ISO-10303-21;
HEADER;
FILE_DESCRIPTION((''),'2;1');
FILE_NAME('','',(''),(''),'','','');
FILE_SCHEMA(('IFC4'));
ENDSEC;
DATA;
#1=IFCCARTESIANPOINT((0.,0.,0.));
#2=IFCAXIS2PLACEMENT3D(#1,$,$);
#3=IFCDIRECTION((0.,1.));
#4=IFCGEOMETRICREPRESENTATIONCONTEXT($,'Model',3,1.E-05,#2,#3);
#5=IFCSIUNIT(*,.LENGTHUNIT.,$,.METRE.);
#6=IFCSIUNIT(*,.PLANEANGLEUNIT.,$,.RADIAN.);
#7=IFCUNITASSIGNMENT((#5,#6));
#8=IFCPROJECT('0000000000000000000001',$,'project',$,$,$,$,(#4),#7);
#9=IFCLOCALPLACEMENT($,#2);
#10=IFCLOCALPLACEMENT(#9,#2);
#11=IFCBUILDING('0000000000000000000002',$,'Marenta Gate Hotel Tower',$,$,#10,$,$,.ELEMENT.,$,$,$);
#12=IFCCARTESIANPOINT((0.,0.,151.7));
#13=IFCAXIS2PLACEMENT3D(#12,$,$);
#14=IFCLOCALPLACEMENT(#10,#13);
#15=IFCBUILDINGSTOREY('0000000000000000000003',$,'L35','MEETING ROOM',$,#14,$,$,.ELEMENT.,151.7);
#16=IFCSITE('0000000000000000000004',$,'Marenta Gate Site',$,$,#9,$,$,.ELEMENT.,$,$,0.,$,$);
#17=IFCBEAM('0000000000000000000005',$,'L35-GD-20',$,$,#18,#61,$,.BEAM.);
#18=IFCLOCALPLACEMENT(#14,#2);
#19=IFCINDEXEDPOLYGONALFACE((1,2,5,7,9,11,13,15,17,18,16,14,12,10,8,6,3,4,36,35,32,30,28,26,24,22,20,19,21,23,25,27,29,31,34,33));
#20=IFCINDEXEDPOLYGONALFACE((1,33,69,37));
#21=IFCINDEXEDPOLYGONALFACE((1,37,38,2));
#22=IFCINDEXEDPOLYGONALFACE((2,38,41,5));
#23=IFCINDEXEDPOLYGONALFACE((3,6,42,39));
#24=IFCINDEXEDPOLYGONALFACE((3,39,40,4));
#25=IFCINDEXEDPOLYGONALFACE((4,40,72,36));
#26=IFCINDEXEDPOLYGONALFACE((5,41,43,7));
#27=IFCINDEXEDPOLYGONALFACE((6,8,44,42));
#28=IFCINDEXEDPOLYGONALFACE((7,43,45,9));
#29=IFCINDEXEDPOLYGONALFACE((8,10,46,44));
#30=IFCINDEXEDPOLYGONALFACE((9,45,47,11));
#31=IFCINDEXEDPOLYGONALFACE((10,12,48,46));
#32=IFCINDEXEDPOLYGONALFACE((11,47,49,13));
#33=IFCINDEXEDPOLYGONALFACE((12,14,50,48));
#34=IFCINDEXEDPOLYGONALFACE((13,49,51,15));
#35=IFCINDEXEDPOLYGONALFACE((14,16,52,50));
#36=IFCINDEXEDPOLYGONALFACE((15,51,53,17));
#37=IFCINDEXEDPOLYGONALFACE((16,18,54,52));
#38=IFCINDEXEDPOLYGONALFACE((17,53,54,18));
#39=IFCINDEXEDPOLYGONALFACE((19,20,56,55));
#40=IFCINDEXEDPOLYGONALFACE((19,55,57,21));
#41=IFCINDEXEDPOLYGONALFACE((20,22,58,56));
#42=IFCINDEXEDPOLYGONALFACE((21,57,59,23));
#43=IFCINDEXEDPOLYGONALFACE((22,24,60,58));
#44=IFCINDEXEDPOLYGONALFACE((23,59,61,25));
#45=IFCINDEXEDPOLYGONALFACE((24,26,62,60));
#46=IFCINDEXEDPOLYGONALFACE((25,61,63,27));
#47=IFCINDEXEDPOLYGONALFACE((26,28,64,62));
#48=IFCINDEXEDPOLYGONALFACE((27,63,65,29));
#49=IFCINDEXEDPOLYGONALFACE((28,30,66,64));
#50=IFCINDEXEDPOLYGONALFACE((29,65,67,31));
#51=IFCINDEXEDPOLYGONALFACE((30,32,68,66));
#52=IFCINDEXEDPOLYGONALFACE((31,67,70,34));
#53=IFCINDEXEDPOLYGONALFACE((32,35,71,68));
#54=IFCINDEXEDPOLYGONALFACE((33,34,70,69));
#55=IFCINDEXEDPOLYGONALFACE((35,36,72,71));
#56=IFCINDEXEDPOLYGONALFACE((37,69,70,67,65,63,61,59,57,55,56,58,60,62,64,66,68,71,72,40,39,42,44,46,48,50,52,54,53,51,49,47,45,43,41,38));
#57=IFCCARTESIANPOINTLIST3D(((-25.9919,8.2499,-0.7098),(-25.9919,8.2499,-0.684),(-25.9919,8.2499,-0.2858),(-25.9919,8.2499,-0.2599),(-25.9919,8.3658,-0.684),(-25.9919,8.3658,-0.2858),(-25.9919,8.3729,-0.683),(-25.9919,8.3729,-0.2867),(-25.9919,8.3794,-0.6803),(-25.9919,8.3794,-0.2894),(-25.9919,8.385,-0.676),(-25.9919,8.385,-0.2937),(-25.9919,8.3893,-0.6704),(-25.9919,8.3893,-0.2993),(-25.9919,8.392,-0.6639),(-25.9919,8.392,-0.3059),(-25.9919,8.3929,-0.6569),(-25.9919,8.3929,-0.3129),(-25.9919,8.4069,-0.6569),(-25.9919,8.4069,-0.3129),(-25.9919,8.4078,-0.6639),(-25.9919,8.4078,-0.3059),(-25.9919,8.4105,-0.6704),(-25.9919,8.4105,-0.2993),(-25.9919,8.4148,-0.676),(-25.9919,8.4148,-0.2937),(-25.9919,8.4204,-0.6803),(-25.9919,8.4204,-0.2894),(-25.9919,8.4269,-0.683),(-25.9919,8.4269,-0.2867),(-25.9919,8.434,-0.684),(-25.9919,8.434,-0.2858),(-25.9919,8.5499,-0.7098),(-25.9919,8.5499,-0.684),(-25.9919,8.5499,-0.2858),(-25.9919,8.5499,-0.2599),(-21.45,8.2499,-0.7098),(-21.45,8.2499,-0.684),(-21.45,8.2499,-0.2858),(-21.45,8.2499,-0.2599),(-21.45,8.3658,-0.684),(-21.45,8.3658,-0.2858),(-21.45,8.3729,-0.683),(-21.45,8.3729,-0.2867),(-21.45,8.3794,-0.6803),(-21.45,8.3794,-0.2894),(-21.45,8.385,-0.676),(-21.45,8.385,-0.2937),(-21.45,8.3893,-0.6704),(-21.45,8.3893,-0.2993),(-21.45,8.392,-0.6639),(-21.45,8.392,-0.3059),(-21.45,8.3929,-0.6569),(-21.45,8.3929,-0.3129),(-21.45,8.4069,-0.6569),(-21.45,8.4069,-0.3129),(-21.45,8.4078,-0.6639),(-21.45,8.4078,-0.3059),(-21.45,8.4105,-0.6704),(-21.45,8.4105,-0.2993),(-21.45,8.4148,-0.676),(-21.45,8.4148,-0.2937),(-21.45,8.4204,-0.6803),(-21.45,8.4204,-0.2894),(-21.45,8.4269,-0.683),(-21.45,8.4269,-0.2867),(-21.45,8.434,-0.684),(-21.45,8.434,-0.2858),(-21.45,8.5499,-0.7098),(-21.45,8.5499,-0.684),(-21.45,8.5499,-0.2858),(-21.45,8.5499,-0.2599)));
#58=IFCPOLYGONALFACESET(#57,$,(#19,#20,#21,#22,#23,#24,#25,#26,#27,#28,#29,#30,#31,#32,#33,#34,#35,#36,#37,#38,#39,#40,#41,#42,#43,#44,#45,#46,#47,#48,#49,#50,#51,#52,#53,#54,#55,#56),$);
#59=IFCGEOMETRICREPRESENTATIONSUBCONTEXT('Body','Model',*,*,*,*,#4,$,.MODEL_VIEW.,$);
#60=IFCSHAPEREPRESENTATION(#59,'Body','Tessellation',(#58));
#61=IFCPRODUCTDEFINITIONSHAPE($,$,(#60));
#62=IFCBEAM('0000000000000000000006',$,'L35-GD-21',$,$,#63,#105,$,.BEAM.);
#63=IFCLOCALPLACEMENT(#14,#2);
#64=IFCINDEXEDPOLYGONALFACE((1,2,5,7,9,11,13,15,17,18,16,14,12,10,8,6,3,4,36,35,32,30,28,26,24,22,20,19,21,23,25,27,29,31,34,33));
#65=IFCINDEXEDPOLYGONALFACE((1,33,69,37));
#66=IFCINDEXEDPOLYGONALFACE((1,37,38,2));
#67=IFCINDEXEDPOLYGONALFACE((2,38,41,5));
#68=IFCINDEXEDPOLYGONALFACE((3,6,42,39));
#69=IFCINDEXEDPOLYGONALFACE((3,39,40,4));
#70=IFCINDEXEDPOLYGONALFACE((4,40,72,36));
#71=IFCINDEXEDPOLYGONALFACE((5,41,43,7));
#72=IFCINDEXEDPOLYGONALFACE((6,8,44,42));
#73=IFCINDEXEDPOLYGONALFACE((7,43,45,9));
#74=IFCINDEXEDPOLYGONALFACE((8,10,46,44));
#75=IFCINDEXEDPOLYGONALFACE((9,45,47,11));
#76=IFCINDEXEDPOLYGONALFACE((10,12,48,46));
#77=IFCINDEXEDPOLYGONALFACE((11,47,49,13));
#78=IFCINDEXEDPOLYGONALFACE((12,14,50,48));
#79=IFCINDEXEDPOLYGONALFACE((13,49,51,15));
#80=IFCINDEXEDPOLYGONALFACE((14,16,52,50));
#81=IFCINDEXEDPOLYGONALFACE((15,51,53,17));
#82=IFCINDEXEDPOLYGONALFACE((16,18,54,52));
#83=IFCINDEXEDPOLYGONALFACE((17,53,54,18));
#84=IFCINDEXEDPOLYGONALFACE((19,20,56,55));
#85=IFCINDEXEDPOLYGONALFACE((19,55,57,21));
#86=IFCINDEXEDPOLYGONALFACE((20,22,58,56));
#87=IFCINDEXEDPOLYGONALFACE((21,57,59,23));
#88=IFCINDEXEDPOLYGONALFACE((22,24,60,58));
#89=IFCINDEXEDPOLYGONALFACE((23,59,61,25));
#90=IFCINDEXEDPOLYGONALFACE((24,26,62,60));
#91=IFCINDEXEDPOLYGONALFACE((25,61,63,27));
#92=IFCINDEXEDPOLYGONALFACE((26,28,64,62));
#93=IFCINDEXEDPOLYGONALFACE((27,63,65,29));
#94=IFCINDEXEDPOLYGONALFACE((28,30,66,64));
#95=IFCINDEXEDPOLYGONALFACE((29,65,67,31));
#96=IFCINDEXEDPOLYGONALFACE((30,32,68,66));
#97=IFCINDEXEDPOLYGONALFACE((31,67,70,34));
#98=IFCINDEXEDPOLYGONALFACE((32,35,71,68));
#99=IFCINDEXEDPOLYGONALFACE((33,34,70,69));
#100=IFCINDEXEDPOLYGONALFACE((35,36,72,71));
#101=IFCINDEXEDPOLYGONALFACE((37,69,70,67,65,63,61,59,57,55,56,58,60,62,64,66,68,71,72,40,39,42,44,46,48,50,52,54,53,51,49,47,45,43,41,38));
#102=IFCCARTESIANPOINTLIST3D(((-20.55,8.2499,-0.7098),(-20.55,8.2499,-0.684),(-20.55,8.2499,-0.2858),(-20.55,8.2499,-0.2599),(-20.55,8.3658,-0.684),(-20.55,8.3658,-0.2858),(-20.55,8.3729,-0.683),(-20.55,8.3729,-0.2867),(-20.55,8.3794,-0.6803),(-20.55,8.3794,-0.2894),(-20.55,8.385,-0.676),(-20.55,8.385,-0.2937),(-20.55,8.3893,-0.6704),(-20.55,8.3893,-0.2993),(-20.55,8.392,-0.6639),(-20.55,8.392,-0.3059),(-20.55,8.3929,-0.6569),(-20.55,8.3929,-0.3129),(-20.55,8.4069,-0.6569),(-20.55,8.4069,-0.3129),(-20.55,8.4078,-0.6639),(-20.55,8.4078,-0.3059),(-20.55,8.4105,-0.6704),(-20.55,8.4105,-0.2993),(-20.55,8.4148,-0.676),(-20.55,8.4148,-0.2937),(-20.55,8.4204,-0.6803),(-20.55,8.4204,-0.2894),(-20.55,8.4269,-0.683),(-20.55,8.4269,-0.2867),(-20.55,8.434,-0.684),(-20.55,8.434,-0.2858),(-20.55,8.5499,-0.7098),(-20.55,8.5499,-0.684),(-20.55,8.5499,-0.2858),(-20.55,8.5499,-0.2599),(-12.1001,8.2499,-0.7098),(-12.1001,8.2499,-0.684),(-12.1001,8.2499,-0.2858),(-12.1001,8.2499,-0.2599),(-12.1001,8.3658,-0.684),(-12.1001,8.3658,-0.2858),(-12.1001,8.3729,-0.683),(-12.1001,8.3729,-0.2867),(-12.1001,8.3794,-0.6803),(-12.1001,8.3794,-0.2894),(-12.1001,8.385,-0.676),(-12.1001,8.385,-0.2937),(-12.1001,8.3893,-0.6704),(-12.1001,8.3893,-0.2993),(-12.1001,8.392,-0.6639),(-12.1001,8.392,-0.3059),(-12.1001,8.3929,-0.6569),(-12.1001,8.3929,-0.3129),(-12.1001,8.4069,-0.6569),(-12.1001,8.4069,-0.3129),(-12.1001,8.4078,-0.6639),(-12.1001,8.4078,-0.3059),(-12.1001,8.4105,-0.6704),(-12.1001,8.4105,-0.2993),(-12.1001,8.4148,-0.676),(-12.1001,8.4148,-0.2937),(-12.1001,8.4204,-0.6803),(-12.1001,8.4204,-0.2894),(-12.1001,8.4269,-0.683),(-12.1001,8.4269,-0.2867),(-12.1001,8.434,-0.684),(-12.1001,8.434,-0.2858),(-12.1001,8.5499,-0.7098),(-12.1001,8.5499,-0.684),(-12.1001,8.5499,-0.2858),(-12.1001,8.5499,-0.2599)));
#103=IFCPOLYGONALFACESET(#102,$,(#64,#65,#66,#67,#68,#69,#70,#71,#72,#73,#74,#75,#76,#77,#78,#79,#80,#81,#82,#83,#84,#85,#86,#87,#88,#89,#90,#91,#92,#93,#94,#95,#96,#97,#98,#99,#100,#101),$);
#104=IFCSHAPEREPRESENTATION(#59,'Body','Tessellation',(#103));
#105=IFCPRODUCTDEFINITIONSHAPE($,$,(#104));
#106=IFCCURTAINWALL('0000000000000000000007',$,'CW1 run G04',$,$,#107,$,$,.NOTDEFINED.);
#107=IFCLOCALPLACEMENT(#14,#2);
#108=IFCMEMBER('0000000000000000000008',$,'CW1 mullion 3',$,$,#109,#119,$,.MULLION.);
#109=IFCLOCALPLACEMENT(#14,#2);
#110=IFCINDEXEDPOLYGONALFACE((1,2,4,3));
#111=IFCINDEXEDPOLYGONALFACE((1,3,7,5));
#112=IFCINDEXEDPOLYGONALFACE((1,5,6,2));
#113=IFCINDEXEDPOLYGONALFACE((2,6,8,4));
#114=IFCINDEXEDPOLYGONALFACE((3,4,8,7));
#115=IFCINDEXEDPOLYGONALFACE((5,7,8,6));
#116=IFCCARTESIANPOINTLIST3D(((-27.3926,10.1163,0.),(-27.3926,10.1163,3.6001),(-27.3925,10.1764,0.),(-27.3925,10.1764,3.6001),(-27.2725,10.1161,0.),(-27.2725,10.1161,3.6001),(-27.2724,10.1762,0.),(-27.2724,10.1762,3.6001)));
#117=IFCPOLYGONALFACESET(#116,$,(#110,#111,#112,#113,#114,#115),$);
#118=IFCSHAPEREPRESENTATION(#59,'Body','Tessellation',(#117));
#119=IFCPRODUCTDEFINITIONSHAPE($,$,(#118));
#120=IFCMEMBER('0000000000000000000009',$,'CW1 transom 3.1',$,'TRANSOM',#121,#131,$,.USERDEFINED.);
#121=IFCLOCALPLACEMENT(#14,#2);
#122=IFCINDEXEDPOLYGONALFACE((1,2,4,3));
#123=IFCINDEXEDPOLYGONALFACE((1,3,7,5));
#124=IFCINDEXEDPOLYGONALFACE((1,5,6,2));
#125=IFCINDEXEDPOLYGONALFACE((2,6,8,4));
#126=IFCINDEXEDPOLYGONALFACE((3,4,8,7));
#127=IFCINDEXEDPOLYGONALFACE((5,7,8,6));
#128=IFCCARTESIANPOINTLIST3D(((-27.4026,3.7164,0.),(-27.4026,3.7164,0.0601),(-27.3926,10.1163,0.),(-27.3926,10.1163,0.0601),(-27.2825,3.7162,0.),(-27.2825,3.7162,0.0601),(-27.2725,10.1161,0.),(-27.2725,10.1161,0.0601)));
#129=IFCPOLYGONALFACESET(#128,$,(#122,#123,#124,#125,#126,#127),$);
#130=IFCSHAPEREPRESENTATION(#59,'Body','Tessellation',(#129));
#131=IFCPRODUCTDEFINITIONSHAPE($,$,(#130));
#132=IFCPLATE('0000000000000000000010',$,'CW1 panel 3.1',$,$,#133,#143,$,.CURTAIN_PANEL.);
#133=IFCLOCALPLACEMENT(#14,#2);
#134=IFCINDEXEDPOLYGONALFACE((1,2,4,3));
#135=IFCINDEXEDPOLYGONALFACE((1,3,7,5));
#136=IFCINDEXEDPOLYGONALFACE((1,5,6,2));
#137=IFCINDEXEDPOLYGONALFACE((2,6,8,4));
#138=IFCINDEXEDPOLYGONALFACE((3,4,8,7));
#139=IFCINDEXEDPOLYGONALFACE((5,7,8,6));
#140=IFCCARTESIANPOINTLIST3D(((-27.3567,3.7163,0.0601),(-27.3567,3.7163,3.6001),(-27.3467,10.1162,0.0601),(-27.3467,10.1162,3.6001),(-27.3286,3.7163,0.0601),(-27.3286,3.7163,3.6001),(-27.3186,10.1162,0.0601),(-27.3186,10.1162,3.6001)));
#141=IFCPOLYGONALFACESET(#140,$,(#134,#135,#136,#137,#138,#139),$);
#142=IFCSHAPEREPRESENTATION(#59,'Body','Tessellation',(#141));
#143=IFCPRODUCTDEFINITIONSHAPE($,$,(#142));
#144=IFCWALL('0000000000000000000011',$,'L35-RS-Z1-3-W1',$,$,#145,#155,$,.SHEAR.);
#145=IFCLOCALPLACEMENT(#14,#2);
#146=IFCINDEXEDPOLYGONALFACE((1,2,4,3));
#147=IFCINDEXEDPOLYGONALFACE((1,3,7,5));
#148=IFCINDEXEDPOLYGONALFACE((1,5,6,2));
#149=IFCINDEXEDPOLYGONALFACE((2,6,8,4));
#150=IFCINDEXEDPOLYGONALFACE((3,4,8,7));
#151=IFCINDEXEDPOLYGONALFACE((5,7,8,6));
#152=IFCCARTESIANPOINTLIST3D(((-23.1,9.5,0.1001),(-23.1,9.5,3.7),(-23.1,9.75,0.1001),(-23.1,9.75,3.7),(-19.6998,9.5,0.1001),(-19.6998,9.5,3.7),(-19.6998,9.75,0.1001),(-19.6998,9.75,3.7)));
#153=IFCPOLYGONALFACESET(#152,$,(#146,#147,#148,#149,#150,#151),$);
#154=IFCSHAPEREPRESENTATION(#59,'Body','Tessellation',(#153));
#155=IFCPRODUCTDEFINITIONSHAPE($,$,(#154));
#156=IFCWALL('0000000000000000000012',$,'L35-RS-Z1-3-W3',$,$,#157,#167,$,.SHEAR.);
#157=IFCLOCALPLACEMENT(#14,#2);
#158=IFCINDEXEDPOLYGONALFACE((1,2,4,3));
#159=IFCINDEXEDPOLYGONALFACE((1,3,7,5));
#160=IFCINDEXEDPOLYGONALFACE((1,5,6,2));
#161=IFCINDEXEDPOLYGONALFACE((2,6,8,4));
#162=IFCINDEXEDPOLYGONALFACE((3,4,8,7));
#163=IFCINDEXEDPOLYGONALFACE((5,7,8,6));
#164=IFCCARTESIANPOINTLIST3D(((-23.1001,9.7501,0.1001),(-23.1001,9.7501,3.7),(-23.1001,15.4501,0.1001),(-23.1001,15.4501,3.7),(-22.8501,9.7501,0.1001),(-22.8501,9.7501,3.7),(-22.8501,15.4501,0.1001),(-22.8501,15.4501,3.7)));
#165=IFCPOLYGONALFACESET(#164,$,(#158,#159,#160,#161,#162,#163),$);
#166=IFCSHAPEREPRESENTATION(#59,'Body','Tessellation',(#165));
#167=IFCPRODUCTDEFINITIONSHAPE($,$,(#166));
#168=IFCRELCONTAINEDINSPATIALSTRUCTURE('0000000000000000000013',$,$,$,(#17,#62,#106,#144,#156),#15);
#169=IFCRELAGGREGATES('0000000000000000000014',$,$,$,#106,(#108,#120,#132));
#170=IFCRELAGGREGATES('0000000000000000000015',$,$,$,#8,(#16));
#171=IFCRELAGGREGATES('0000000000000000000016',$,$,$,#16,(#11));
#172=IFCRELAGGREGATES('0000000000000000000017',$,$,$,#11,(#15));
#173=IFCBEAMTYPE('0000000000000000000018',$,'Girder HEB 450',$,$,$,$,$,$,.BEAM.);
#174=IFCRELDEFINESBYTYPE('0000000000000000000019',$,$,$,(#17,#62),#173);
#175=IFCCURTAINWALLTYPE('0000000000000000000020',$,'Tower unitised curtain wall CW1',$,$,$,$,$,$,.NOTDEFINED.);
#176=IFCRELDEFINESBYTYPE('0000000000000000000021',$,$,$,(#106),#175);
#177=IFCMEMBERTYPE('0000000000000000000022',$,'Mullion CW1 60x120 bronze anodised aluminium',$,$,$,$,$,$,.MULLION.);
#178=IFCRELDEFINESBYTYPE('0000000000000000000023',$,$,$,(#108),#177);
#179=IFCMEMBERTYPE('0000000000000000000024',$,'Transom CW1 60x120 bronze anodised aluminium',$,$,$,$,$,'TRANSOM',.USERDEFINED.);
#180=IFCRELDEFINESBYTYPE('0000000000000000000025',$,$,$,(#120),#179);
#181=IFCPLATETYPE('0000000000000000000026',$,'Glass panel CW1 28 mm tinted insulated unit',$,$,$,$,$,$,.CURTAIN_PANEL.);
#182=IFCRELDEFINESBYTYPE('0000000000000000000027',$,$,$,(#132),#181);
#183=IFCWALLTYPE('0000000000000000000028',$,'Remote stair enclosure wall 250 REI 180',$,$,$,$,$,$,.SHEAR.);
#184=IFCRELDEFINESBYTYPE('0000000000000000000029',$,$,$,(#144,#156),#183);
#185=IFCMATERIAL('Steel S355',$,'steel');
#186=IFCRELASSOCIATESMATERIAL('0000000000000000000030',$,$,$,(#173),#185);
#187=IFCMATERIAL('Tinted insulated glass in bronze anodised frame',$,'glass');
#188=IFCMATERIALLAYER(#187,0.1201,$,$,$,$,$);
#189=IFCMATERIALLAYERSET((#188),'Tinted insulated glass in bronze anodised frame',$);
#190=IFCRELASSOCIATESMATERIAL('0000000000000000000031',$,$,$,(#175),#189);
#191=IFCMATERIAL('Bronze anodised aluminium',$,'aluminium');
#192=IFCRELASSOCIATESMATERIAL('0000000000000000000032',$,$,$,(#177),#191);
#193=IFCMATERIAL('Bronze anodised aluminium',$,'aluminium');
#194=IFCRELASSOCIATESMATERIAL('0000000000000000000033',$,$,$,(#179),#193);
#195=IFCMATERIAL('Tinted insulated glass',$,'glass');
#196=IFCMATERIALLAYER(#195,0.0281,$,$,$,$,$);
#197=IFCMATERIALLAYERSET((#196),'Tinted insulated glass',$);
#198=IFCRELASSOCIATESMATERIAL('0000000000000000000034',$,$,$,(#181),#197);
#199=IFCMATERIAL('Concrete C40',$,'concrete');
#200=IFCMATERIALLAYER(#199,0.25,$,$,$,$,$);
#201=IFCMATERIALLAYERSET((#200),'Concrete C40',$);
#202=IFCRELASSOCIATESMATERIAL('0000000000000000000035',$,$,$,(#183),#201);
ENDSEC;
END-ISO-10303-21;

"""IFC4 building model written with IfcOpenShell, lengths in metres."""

from ifc_helpers import new_model, si_unit, direction, frame, frame_2d, origin, origin_2d, place, context, subcontext, project, spatial, rectangle, i_section, extrude, material, layer, layer_set, material_profile, profile_set, type_object, element, aggregate, save


model = new_model("IFC4")

# Units and contexts
model_context = context("Model", 3, precision=1e-05, world=origin(), true_north=direction((0.0, 1.0)))
body_context = subcontext(model_context, "Body", "Model", "MODEL_VIEW")
ifc_project = project(units=[si_unit("LENGTHUNIT", "METRE"), si_unit("PLANEANGLEUNIT", "RADIAN")], contexts=[model_context])

# Site, building, storey
site_placement = place(None, origin())
site = spatial("IfcSite", under=ifc_project, at=site_placement, Name="Marenta Gate Site", CompositionType="ELEMENT", RefElevation=0.0)
building_placement = place(site_placement, origin())
building = spatial("IfcBuilding", under=site, at=building_placement, Name="Marenta Gate Hotel Tower", CompositionType="ELEMENT")
storey_placement = place(building_placement, frame((0.0, 0.0, 151.7)))
storey = spatial("IfcBuildingStorey", under=building, at=storey_placement, Name="L35", Description="MEETING ROOM", CompositionType="ELEMENT", Elevation=151.7)

# Beams
ifc_material_1 = material(Name="Steel S355", Category="steel")
ifc_material_profile_1 = material_profile(ifc_material_1, i_section(OverallWidth=0.3, OverallDepth=0.45, WebThickness=0.0139, FlangeThickness=0.0259, FilletRadius=0.0271, at=origin_2d()), Name="HEB 450")
ifc_profile_set_1 = profile_set([ifc_material_profile_1], Name="Steel S355")
beam_type = type_object("IfcBeamType", Name="Girder HEB 450", PredefinedType="BEAM", material=ifc_profile_set_1)
beam_1_placement = place(storey_placement, frame((-25.9919, 8.3999, -0.4849), z_axis=(1.0, 0.0, 0.0), x_axis=(0.0, 1.0, 0.0)))
element("IfcBeam", 1, at=beam_1_placement, inside=storey, type_object=beam_type, Name="L35-GD-20", PredefinedType="BEAM", context=body_context, shape_type="SweptSolid", body=[
    extrude(i_section(OverallWidth=0.3, OverallDepth=0.45, WebThickness=0.0139, FlangeThickness=0.0259, FilletRadius=0.0271, at=origin_2d()), origin(), (0.0, 0.0, 1.0), 4.542),
])
beam_2_placement = place(storey_placement, frame((-20.55, 8.3999, -0.4849), z_axis=(1.0, 0.0, 0.0), x_axis=(0.0, 1.0, 0.0)))
element("IfcBeam", 2, at=beam_2_placement, inside=storey, type_object=beam_type, Name="L35-GD-21", PredefinedType="BEAM", context=body_context, shape_type="SweptSolid", body=[
    extrude(i_section(OverallWidth=0.3, OverallDepth=0.45, WebThickness=0.0139, FlangeThickness=0.0259, FilletRadius=0.0271, at=origin_2d()), origin(), (0.0, 0.0, 1.0), 8.45),
])

# Curtain wall, members, plate
ifc_material_2 = material(Name="Tinted insulated glass in bronze anodised frame", Category="glass")
ifc_layer_1 = layer(ifc_material_2, 0.1201)
ifc_layer_set_1 = layer_set([ifc_layer_1], Name="Tinted insulated glass in bronze anodised frame")
curtain_wall_type = type_object("IfcCurtainWallType", Name="Tower unitised curtain wall CW1", PredefinedType="NOTDEFINED", material=ifc_layer_set_1)
curtain_wall_placement = place(storey_placement, origin())
curtain_wall = element("IfcCurtainWall", 3, at=curtain_wall_placement, inside=storey, type_object=curtain_wall_type, Name="CW1 run G04", PredefinedType="NOTDEFINED")
ifc_material_3 = material(Name="Bronze anodised aluminium", Category="aluminium")
ifc_material_profile_2 = material_profile(ifc_material_3, rectangle(XDim=0.1201, YDim=0.0601, at=origin_2d()), Name="Mullion CW1 60x120 bronze anodised aluminium")
ifc_profile_set_2 = profile_set([ifc_material_profile_2], Name="Bronze anodised aluminium")
member_type_1 = type_object("IfcMemberType", Name="Mullion CW1 60x120 bronze anodised aluminium", PredefinedType="MULLION", material=ifc_profile_set_2)
member_1_placement = place(storey_placement, frame((-27.3325, 10.1462, 0.0), z_axis=(0.0, 0.0, 1.0), x_axis=(0.999999, -0.001566, 0.0)))
member_1 = element("IfcMember", 4, at=member_1_placement, type_object=member_type_1, Name="CW1 mullion 3", PredefinedType="MULLION", context=body_context, shape_type="SweptSolid", body=[
    extrude(rectangle(XDim=0.1201, YDim=0.0601, at=origin_2d()), origin(), (0.0, 0.0, 1.0), 3.6001),
])
ifc_material_4 = material(Name="Bronze anodised aluminium", Category="aluminium")
ifc_material_profile_3 = material_profile(ifc_material_4, rectangle(XDim=0.1201, YDim=0.0601, at=origin_2d()), Name="Transom CW1 60x120 bronze anodised aluminium")
ifc_profile_set_3 = profile_set([ifc_material_profile_3], Name="Bronze anodised aluminium")
member_type_2 = type_object("IfcMemberType", Name="Transom CW1 60x120 bronze anodised aluminium", ElementType="TRANSOM", PredefinedType="USERDEFINED", material=ifc_profile_set_3)
member_2_placement = place(storey_placement, frame((-27.3325, 10.1162, 0.03), z_axis=(-0.001564, -0.999999, 0.0), x_axis=(0.999999, -0.001564, 0.0)))
member_2 = element("IfcMember", 5, at=member_2_placement, type_object=member_type_2, Name="CW1 transom 3.1", ObjectType="TRANSOM", PredefinedType="USERDEFINED", context=body_context, shape_type="SweptSolid", body=[
    extrude(rectangle(XDim=0.1201, YDim=0.0601, at=origin_2d()), origin(), (0.0, 0.0, 1.0), 6.3999),
])
ifc_material_5 = material(Name="Tinted insulated glass", Category="glass")
ifc_layer_2 = layer(ifc_material_5, 0.0281)
ifc_layer_set_2 = layer_set([ifc_layer_2], Name="Tinted insulated glass")
plate_type = type_object("IfcPlateType", Name="Glass panel CW1 28 mm tinted insulated unit", PredefinedType="CURTAIN_PANEL", material=ifc_layer_set_2)
plate_placement = place(storey_placement, frame((-27.3376, 6.9163, 0.0601), z_axis=(0.0, 0.0, 1.0), x_axis=(-0.001566, -0.999999, 0.0)))
plate = element("IfcPlate", 6, at=plate_placement, type_object=plate_type, Name="CW1 panel 3.1", PredefinedType="CURTAIN_PANEL", context=body_context, shape_type="SweptSolid", body=[
    extrude(rectangle(XDim=6.3999, YDim=0.0281, at=origin_2d()), origin(), (0.0, 0.0, 1.0), 3.54),
])
aggregate(curtain_wall, [member_1, member_2, plate])

# Walls
ifc_material_6 = material(Name="Concrete C40", Category="concrete")
ifc_layer_3 = layer(ifc_material_6, 0.25)
ifc_layer_set_3 = layer_set([ifc_layer_3], Name="Concrete C40")
wall_type_1 = type_object("IfcWallType", Name="Remote stair enclosure wall 250 REI 180", PredefinedType="SHEAR", material=ifc_layer_set_3)
wall_1_placement = place(storey_placement, frame((-23.1001, 9.625, 0.1001), z_axis=(0.0, 0.0, 1.0), x_axis=(1.0, 0.0, 0.0)))
element("IfcWall", 7, at=wall_1_placement, inside=storey, type_object=wall_type_1, Name="L35-RS-Z1-3-W1", PredefinedType="SHEAR", context=body_context, shape_type="SweptSolid", body=[
    extrude(rectangle(XDim=3.4001, YDim=0.25, at=frame_2d((1.7002, 0.0))), origin(), (0.0, 0.0, 1.0), 3.5999),
])
wall_2_placement = place(storey_placement, frame((-22.9751, 9.75, 0.1001), z_axis=(0.0, 0.0, 1.0), x_axis=(0.0, 1.0, 0.0)))
element("IfcWall", 8, at=wall_2_placement, inside=storey, type_object=wall_type_1, Name="L35-RS-Z1-3-W3", PredefinedType="SHEAR", context=body_context, shape_type="SweptSolid", body=[
    extrude(rectangle(XDim=5.7, YDim=0.25, at=frame_2d((2.8501, 0.0))), origin(), (0.0, 0.0, 1.0), 3.5999),
])

save(model, "model.ifc")
